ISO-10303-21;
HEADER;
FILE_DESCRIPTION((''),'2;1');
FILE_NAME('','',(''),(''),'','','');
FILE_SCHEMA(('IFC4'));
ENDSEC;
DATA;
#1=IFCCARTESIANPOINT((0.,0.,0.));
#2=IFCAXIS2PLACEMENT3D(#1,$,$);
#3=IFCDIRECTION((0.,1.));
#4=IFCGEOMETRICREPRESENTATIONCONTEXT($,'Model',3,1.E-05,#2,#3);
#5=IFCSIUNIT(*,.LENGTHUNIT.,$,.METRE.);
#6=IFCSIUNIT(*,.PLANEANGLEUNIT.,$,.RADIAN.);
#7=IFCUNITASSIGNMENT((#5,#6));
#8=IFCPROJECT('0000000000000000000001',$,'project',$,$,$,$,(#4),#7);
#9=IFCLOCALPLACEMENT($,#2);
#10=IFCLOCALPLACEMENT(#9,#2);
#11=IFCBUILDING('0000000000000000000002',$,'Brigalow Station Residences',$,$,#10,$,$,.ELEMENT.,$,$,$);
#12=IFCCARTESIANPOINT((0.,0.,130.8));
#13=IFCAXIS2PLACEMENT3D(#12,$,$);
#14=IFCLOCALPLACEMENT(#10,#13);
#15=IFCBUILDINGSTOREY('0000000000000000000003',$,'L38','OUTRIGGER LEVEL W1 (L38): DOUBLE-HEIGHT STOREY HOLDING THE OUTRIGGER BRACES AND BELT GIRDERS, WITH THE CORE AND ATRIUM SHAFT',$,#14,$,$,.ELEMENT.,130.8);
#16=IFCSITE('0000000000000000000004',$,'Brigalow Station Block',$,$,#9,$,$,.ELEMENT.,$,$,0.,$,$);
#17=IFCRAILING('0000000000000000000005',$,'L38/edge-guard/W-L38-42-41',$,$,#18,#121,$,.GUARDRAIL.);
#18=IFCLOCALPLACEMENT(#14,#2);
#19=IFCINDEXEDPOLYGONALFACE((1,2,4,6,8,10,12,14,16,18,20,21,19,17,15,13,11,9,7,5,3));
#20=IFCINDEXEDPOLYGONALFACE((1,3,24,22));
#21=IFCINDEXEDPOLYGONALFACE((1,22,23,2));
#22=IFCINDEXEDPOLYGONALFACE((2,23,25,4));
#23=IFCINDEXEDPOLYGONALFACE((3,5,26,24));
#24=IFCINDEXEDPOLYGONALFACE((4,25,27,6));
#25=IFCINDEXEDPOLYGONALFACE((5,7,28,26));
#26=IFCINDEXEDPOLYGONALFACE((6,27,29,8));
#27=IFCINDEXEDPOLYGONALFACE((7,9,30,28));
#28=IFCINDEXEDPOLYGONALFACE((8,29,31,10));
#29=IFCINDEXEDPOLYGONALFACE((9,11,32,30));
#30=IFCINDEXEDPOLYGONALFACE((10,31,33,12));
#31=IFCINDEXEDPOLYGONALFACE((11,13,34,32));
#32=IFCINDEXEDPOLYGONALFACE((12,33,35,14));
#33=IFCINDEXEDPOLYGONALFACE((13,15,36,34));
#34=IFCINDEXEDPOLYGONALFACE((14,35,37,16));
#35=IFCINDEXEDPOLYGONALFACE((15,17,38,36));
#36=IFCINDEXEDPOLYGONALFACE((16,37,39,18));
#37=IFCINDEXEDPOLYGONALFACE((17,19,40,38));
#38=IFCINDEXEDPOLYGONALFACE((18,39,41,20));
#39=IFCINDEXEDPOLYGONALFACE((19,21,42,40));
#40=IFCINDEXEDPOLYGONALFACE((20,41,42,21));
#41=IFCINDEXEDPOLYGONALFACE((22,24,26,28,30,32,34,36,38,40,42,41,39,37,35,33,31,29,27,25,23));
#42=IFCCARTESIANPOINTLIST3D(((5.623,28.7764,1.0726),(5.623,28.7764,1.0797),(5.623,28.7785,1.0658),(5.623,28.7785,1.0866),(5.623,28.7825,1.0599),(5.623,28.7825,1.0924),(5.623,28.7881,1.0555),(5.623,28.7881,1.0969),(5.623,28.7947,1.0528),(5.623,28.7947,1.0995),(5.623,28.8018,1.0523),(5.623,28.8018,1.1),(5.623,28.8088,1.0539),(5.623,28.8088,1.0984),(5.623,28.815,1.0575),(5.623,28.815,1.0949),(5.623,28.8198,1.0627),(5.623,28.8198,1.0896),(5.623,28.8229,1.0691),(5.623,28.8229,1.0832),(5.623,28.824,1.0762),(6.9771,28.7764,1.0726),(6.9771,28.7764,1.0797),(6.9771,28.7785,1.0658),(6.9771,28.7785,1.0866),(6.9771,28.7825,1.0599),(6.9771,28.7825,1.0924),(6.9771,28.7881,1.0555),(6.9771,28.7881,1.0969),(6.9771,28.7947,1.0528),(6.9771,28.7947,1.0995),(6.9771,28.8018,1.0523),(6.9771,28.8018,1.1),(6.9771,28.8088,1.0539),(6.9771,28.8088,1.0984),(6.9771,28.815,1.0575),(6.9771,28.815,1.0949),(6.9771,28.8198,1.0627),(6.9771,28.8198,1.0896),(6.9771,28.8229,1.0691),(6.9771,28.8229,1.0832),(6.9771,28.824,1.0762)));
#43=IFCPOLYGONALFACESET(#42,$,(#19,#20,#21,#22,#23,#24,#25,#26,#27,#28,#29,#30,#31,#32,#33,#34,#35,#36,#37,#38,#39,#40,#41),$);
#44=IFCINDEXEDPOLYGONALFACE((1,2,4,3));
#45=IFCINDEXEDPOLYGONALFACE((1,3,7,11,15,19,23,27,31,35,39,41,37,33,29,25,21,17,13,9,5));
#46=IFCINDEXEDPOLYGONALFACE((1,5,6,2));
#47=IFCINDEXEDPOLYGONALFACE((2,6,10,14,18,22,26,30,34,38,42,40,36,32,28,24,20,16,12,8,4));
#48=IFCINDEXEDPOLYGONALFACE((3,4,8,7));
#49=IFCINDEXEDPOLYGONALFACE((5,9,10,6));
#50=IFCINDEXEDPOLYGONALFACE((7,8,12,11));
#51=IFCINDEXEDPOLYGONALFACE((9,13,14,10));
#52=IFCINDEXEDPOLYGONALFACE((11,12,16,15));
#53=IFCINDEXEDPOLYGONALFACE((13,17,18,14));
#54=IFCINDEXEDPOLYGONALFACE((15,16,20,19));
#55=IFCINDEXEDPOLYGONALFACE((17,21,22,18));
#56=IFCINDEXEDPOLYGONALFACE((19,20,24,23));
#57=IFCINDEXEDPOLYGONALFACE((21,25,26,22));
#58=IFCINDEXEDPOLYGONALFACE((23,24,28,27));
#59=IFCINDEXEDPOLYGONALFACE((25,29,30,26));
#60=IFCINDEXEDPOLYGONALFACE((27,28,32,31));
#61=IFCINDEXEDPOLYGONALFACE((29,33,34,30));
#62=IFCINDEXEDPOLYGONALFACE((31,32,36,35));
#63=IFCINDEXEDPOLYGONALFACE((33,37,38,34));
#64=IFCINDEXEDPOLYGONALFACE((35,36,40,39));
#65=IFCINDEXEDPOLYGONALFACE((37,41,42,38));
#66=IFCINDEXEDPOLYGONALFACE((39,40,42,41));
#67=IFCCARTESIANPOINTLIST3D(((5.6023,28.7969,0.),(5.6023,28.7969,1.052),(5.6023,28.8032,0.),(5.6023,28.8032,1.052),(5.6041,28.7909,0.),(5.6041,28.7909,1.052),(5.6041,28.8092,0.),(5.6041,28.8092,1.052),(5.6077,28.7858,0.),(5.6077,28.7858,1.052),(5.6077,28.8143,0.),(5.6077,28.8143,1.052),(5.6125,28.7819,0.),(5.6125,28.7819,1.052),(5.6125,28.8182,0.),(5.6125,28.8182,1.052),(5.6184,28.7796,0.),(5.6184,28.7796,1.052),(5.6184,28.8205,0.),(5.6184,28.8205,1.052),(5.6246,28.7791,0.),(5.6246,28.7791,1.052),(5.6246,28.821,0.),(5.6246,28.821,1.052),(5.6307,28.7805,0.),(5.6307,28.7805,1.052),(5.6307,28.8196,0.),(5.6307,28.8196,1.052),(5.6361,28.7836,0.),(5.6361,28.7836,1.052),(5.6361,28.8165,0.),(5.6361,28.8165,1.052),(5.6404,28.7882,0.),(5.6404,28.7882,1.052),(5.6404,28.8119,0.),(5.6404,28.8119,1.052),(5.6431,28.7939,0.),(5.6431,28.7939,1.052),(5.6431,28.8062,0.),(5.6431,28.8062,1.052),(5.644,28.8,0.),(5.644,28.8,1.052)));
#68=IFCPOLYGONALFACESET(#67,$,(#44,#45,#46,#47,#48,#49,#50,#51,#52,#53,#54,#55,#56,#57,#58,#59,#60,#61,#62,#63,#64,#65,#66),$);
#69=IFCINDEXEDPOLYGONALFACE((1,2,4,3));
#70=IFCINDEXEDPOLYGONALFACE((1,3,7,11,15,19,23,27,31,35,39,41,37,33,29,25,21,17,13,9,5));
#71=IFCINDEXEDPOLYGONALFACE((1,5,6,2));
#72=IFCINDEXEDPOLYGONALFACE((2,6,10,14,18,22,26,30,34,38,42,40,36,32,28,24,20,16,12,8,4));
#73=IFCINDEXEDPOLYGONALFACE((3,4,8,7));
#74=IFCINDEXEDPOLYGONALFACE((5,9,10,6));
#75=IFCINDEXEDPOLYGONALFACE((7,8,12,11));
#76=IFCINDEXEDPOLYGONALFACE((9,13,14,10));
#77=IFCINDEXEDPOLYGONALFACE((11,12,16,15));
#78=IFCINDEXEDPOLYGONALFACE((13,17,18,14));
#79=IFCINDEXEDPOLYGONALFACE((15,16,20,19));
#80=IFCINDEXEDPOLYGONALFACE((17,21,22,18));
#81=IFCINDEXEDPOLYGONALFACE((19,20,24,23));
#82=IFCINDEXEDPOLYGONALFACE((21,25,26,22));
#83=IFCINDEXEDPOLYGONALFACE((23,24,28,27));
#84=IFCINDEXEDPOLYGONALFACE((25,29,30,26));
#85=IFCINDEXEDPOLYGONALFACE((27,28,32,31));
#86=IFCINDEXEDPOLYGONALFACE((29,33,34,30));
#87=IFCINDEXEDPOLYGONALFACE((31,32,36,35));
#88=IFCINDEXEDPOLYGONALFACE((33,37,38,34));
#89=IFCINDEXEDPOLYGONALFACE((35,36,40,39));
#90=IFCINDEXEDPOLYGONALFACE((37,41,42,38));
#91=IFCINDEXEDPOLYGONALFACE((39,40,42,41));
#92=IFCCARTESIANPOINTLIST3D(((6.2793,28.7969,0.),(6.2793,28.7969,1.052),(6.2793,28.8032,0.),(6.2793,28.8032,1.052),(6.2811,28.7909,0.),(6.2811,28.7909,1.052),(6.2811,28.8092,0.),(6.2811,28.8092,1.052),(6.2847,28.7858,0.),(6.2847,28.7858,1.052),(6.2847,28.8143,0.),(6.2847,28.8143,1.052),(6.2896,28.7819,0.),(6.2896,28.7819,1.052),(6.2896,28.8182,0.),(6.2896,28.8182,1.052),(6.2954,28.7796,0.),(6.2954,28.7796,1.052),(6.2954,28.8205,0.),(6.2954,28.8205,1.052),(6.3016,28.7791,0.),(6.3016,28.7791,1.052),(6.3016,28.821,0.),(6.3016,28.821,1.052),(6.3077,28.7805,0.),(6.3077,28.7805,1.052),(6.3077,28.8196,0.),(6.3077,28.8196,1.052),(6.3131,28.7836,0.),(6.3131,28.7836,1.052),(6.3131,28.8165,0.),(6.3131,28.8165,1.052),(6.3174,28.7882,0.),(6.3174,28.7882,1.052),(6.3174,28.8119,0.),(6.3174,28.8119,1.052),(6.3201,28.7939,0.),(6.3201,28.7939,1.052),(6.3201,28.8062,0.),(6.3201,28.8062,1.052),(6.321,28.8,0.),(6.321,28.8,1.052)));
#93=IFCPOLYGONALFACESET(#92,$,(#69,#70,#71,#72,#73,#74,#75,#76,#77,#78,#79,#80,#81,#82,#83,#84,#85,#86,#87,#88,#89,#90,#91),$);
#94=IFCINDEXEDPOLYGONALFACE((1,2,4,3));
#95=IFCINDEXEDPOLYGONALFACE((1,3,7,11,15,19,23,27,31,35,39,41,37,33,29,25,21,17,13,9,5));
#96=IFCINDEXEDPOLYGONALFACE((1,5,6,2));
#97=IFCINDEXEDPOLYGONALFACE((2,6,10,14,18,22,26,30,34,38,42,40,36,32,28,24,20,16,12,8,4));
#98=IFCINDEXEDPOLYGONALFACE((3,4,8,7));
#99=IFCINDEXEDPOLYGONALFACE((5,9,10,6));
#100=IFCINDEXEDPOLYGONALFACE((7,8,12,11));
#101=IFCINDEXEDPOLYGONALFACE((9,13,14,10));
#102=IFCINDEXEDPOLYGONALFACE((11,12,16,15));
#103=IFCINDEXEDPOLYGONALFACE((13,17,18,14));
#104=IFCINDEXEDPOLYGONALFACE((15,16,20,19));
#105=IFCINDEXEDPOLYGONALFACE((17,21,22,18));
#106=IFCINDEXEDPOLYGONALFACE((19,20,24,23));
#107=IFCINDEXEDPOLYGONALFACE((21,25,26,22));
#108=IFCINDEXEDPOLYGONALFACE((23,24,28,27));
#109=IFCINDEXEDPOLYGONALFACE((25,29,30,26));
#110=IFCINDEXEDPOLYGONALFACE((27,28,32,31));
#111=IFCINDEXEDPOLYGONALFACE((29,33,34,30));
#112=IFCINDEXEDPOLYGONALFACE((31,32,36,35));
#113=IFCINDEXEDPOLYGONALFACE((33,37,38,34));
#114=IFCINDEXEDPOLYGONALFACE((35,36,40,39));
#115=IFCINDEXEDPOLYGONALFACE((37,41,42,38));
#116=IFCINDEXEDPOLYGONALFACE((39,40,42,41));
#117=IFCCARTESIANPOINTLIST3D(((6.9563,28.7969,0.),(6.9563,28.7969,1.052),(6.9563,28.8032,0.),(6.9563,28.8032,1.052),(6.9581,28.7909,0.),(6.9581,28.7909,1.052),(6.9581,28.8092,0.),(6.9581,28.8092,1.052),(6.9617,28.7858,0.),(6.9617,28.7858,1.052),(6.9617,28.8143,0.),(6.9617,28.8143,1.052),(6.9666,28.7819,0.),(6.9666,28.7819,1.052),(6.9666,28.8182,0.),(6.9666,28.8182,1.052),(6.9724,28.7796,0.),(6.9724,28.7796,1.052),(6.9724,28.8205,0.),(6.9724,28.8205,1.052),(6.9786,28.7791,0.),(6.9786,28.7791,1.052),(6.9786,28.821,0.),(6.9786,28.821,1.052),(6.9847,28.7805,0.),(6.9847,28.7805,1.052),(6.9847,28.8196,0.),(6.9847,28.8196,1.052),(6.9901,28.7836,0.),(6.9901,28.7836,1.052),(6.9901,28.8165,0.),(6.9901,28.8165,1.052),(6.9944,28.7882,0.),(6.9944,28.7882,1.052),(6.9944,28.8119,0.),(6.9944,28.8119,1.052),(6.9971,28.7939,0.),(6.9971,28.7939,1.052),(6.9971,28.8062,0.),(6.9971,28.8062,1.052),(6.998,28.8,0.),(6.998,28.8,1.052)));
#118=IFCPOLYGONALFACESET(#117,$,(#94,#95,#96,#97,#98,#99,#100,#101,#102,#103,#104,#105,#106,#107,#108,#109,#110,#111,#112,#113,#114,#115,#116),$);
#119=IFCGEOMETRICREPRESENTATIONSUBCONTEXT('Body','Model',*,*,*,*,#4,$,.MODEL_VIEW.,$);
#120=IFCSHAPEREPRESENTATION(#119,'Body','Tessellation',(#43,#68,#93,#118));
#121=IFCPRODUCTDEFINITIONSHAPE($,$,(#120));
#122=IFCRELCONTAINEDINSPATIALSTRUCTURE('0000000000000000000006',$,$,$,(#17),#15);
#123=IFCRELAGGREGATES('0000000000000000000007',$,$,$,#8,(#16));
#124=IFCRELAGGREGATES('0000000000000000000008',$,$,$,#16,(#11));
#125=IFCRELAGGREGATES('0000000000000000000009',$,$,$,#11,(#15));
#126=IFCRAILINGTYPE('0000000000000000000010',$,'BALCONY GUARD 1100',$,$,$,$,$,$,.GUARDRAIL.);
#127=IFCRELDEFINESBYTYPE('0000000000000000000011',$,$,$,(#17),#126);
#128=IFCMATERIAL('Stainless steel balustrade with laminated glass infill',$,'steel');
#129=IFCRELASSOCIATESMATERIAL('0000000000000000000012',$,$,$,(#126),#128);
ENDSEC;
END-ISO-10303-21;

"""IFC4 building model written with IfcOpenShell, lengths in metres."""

from ifc_helpers import new_model, si_unit, direction, frame, origin, origin_2d, place, context, subcontext, project, spatial, circle, extrude, material, type_object, element, save


model = new_model("IFC4")

# Units and contexts
model_context = context("Model", 3, precision=1e-05, world=origin(), true_north=direction((0.0, 1.0)))
body_context = subcontext(model_context, "Body", "Model", "MODEL_VIEW")
ifc_project = project(units=[si_unit("LENGTHUNIT", "METRE"), si_unit("PLANEANGLEUNIT", "RADIAN")], contexts=[model_context])

# Site, building, storey
site_placement = place(None, origin())
site = spatial("IfcSite", under=ifc_project, at=site_placement, Name="Brigalow Station Block", CompositionType="ELEMENT", RefElevation=0.0)
building_placement = place(site_placement, origin())
building = spatial("IfcBuilding", under=site, at=building_placement, Name="Brigalow Station Residences", CompositionType="ELEMENT")
storey_placement = place(building_placement, frame((0.0, 0.0, 130.8)))
storey = spatial("IfcBuildingStorey", under=building, at=storey_placement, Name="L38", Description="OUTRIGGER LEVEL W1 (L38): DOUBLE-HEIGHT STOREY HOLDING THE OUTRIGGER BRACES AND BELT GIRDERS, WITH THE CORE AND ATRIUM SHAFT", CompositionType="ELEMENT", Elevation=130.8)

# Railing
ifc_material_1 = material(Name="Stainless steel balustrade with laminated glass infill", Category="steel")
railing_type_1 = type_object("IfcRailingType", Name="BALCONY GUARD 1100", PredefinedType="GUARDRAIL", material=ifc_material_1)
railing_1_placement = place(storey_placement, frame((5.623, 28.8, 0.0)))
element("IfcRailing", 1, at=railing_1_placement, inside=storey, type_object=railing_type_1, Name="L38/edge-guard/W-L38-42-41", PredefinedType="GUARDRAIL", context=body_context, shape_type="SweptSolid", body=[
    extrude(circle(Radius=0.0239, at=origin_2d()), frame((0.0, 0.0, 1.0762), z_axis=(1.0, 0.0, 0.0), x_axis=(0.0, 1.0, 0.0)), (0.0, 0.0, 1.0), 1.354),
    extrude(circle(Radius=0.021, at=origin_2d()), origin(), (0.0, 0.0, 1.0), 1.052),
    extrude(circle(Radius=0.021, at=origin_2d()), frame((0.677, 0.0, 0.0)), (0.0, 0.0, 1.0), 1.052),
    extrude(circle(Radius=0.021, at=origin_2d()), frame((1.354, 0.0, 0.0)), (0.0, 0.0, 1.0), 1.052),
])

save(model, "model.ifc")
